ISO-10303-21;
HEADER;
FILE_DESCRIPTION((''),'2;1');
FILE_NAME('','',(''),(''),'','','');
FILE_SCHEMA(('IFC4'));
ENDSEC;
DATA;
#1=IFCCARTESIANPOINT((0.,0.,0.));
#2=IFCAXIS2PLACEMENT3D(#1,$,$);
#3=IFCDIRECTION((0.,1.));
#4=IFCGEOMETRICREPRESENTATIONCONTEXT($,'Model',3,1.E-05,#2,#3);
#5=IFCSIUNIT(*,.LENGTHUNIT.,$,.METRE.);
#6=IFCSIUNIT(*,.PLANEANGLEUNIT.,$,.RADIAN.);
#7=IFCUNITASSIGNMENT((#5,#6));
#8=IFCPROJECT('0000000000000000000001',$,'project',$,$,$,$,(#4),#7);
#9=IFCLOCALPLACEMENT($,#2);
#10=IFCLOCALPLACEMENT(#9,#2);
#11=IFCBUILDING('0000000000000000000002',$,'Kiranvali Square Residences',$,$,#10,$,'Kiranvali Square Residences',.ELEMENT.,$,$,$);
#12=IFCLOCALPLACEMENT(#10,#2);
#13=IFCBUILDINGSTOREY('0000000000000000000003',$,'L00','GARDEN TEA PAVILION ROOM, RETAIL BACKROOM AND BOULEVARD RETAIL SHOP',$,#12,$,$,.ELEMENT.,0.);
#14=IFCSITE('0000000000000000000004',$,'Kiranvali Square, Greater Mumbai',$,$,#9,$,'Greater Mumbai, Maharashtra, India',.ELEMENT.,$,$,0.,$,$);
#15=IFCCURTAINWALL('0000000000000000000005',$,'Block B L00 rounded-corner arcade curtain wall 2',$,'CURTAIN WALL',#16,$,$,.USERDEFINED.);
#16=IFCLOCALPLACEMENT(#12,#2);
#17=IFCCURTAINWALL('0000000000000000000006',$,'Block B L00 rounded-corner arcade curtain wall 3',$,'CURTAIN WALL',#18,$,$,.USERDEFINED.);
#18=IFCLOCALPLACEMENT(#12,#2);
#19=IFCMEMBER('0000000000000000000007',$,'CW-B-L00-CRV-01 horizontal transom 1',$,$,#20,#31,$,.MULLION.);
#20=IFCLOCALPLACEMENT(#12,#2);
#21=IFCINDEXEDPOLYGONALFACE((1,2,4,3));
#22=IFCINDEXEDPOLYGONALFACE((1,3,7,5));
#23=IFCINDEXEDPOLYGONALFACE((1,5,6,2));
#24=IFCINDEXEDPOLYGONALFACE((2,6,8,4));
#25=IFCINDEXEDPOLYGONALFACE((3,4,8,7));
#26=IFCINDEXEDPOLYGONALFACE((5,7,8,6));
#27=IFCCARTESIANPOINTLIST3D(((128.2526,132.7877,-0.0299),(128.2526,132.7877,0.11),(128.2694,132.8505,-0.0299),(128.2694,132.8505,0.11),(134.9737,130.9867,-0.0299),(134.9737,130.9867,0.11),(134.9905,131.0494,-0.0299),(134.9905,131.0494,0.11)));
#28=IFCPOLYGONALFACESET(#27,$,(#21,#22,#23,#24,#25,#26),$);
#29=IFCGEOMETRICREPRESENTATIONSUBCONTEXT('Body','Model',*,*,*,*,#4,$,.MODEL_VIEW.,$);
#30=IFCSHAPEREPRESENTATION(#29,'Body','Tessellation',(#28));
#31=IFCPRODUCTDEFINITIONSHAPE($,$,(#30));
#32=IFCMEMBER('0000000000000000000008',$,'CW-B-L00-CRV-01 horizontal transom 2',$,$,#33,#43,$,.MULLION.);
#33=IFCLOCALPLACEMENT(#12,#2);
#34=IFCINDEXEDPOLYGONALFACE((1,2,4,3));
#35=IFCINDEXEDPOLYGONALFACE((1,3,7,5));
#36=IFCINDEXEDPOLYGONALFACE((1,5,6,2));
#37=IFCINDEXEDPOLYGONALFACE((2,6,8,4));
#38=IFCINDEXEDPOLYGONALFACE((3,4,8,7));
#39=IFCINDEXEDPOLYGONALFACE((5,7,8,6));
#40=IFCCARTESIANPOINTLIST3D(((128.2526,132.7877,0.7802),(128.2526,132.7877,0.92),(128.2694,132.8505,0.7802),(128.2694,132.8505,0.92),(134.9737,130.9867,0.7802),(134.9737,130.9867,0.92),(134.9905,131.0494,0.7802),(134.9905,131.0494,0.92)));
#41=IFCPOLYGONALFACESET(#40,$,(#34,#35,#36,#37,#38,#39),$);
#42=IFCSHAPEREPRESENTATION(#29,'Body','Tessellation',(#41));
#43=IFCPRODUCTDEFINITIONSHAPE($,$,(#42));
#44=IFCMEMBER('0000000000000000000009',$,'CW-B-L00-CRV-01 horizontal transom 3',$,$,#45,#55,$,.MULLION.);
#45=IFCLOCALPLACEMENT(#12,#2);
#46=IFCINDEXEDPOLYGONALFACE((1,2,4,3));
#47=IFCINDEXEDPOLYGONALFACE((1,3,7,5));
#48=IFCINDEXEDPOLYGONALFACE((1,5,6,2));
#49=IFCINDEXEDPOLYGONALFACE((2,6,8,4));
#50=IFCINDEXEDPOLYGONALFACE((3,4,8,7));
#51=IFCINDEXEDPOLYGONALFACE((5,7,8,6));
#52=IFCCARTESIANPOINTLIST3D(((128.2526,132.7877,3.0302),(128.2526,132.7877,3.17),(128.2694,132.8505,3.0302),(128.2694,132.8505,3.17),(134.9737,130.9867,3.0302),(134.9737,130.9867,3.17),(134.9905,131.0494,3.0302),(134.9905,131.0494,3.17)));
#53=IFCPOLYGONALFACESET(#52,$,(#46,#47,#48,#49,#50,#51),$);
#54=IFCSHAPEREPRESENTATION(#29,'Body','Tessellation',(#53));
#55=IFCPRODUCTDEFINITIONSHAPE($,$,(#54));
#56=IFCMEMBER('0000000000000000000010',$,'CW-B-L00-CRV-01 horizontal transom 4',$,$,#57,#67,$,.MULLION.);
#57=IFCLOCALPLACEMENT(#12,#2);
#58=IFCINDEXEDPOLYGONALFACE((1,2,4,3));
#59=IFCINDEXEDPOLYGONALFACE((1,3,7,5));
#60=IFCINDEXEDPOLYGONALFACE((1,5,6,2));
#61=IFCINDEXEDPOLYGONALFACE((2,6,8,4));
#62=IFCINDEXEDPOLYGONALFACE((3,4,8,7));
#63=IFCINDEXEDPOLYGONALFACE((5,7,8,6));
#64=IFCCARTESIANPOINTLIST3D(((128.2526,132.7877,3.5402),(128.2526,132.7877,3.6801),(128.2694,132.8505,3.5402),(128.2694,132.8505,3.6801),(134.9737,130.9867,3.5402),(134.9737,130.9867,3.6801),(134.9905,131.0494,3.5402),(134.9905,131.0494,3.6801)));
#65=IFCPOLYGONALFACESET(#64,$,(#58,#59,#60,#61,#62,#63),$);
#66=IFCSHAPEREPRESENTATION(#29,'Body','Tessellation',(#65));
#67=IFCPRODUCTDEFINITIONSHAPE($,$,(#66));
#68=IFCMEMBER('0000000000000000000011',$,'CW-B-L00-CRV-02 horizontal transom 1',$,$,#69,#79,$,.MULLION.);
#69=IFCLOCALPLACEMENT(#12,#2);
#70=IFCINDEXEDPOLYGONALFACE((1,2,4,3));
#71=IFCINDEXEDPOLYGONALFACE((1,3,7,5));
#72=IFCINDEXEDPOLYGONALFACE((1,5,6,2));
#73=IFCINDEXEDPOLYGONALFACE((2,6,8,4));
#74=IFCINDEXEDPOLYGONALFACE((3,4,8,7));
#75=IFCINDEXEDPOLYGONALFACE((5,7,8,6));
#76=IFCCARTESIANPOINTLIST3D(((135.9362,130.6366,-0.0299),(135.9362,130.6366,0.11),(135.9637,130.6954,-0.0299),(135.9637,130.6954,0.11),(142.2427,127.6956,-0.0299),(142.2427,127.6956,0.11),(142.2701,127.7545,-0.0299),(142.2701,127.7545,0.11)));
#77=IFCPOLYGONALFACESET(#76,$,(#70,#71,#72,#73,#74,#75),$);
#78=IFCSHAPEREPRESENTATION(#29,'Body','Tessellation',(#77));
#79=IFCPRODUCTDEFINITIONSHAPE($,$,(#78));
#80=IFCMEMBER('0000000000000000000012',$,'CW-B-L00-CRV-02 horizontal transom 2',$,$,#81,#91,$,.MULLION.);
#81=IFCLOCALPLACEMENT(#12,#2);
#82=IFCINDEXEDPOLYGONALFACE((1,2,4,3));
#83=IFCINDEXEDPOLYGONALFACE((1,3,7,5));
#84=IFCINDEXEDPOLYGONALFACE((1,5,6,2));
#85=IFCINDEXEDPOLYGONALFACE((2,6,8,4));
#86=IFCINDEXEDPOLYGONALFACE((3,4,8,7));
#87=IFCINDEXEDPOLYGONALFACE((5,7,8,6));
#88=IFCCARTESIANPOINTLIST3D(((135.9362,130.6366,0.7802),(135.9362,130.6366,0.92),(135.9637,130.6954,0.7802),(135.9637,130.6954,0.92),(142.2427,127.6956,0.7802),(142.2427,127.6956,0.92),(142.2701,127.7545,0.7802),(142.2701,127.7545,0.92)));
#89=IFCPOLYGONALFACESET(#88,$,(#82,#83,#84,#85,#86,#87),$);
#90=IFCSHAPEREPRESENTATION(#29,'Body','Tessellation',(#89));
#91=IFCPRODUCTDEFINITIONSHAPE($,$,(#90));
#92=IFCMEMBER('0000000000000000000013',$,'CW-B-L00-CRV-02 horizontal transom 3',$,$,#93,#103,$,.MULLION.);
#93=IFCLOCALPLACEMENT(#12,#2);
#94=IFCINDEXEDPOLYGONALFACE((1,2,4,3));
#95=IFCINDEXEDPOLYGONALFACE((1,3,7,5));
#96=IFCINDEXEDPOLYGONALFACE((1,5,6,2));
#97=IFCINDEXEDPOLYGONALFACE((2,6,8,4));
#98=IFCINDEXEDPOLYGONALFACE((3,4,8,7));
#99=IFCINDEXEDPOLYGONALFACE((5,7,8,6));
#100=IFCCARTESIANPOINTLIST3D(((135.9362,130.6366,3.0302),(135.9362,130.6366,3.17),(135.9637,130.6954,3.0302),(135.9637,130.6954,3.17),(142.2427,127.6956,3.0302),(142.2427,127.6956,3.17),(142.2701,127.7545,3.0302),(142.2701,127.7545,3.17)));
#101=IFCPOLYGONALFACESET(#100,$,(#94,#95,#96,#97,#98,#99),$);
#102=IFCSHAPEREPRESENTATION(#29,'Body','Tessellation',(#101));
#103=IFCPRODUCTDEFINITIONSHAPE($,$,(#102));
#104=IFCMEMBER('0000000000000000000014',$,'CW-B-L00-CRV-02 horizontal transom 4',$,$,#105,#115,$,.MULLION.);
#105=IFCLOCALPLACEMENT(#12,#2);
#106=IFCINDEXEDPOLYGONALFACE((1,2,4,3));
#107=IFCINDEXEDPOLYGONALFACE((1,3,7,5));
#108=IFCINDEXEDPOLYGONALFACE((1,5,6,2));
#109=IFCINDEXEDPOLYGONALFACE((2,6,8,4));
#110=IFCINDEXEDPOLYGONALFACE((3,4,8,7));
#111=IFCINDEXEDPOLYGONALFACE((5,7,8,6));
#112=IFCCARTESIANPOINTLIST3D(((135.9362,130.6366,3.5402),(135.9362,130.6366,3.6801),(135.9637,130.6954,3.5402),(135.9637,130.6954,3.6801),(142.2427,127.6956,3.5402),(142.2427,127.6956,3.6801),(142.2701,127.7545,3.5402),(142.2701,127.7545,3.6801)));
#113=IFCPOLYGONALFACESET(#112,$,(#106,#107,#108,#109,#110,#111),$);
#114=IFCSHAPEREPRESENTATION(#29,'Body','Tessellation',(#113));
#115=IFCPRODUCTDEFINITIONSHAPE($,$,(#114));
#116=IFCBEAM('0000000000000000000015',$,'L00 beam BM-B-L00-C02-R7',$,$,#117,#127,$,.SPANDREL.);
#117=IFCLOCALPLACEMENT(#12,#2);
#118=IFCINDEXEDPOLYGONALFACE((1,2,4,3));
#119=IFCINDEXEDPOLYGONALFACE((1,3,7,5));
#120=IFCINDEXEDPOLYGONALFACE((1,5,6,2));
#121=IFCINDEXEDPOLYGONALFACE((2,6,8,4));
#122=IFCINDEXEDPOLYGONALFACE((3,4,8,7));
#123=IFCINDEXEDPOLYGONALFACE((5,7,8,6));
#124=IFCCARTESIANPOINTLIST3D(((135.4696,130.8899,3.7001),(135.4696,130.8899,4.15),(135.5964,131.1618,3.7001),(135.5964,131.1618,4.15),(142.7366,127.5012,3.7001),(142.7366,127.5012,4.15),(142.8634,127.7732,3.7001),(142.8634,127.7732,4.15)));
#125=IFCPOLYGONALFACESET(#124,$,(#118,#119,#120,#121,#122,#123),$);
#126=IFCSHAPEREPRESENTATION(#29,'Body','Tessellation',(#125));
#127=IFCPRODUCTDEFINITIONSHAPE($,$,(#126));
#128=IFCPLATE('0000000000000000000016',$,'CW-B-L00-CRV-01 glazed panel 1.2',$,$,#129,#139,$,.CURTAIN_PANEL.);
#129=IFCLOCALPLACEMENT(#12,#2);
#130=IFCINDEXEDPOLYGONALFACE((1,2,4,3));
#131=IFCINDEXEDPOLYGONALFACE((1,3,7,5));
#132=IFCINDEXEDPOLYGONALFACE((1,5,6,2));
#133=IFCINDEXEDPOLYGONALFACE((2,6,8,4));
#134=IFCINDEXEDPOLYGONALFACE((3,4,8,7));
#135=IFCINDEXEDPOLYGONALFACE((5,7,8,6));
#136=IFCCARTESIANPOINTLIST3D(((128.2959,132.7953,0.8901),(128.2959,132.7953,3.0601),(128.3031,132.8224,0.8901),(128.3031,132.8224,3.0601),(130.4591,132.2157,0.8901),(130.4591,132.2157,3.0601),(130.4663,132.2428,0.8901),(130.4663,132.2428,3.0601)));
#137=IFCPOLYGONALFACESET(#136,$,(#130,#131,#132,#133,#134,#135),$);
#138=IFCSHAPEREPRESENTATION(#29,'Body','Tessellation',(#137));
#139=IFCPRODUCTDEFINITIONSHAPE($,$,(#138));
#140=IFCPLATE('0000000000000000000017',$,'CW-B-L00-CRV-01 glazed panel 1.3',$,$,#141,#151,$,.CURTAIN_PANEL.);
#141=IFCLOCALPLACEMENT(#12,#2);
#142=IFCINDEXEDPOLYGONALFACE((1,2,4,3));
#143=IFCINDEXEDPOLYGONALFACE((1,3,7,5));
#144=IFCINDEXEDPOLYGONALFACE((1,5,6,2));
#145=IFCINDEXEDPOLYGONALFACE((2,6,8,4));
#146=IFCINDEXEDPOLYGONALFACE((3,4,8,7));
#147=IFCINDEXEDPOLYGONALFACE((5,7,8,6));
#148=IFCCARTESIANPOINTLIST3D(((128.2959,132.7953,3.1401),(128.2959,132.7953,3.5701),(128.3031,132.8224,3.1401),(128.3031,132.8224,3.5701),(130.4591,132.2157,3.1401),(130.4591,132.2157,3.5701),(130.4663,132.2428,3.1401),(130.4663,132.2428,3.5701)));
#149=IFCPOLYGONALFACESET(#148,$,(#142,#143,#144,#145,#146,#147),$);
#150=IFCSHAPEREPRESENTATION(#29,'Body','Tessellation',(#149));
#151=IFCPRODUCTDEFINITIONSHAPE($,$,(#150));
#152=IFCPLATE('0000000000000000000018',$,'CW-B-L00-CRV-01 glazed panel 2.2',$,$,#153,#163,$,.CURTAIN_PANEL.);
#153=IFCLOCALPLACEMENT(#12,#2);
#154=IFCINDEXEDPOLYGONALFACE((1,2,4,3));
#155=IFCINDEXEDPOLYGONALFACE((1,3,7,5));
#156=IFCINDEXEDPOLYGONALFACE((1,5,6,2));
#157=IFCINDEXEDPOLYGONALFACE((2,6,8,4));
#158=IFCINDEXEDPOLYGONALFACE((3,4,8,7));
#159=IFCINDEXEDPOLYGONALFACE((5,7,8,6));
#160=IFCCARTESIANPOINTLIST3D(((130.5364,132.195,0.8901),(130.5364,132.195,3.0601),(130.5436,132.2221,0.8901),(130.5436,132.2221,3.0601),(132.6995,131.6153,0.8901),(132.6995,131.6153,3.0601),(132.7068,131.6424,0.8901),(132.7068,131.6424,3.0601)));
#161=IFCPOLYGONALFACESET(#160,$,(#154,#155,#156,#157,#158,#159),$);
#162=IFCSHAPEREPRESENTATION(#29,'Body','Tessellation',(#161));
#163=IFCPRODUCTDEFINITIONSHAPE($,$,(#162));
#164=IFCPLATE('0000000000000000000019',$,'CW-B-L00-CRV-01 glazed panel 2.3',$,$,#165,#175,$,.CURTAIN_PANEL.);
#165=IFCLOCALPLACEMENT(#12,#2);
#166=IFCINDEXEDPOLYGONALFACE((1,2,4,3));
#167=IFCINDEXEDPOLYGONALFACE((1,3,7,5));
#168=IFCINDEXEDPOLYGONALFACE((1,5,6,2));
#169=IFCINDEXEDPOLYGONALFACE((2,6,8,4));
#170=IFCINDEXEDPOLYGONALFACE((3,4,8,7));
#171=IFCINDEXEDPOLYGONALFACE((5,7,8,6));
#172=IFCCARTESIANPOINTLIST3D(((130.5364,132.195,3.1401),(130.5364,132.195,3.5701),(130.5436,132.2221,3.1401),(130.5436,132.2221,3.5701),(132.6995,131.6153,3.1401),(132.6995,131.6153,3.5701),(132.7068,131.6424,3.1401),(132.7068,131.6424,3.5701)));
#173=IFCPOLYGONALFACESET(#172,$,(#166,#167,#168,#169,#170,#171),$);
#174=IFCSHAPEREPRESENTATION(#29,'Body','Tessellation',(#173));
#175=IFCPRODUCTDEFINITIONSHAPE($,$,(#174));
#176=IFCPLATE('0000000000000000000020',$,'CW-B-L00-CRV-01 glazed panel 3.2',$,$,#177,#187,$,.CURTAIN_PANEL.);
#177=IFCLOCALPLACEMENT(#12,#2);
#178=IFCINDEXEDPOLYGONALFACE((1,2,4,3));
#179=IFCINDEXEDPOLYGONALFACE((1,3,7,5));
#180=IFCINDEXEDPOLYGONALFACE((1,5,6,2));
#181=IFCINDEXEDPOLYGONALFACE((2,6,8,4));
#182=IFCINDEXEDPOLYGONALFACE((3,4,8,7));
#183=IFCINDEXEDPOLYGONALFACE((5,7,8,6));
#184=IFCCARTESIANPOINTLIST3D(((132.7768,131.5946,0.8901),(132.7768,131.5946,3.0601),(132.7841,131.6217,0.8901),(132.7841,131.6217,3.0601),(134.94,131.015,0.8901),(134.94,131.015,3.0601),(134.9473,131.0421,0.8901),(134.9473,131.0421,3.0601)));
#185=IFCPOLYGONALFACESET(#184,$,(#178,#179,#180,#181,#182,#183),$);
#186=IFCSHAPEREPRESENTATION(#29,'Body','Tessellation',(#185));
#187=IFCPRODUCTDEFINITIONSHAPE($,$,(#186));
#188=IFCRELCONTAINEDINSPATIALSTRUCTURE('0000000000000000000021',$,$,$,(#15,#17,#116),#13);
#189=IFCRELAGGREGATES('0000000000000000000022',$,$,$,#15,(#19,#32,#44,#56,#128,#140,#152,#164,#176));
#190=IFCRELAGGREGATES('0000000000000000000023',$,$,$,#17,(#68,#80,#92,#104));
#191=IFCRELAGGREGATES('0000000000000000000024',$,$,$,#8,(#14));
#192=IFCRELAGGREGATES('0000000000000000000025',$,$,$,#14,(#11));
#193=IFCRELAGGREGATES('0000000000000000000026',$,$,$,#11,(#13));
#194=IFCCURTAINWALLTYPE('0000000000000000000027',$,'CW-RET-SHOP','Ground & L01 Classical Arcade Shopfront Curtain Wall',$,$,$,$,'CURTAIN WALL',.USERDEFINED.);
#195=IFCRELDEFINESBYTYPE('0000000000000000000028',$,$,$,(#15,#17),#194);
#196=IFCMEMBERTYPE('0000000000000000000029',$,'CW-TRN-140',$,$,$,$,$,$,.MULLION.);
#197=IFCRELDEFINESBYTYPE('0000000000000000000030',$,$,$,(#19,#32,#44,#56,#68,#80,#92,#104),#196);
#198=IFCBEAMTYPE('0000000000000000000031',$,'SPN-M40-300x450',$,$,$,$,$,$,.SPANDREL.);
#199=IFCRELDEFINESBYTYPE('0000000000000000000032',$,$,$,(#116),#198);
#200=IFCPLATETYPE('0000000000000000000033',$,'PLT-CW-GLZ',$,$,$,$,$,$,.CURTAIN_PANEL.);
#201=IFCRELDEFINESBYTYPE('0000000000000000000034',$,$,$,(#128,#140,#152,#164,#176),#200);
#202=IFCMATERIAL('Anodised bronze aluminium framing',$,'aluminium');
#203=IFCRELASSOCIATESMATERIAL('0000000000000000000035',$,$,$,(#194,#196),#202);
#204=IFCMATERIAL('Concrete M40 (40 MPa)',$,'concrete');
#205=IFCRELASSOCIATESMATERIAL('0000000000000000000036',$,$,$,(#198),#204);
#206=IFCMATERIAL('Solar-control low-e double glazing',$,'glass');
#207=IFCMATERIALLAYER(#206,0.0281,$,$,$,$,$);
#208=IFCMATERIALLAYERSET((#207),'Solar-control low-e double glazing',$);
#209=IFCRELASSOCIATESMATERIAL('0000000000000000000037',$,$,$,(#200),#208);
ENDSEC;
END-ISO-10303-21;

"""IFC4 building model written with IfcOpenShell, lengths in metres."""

from ifc_helpers import new_model, si_unit, direction, frame, origin, origin_2d, place, context, subcontext, project, spatial, rectangle, extrude, material, layer, layer_set, material_profile, profile_set, type_object, element, aggregate, save


model = new_model("IFC4")

# Units and contexts
model_context = context("Model", 3, precision=1e-05, world=origin(), true_north=direction((0.0, 1.0)))
body_context = subcontext(model_context, "Body", "Model", "MODEL_VIEW")
ifc_project = project(units=[si_unit("LENGTHUNIT", "METRE"), si_unit("PLANEANGLEUNIT", "RADIAN")], contexts=[model_context])

# Site, building, storey
site_placement = place(None, origin())
site = spatial("IfcSite", under=ifc_project, at=site_placement, Name="Kiranvali Square, Greater Mumbai", LongName="Greater Mumbai, Maharashtra, India", CompositionType="ELEMENT", RefElevation=0.0)
building_placement = place(site_placement, origin())
building = spatial("IfcBuilding", under=site, at=building_placement, Name="Kiranvali Square Residences", LongName="Kiranvali Square Residences", CompositionType="ELEMENT")
storey_placement = place(building_placement, origin())
storey = spatial("IfcBuildingStorey", under=building, at=storey_placement, Name="L00", Description="GARDEN TEA PAVILION ROOM, RETAIL BACKROOM AND BOULEVARD RETAIL SHOP", CompositionType="ELEMENT", Elevation=0.0)

# Curtain wall
ifc_material_1 = material(Name="Anodised bronze aluminium framing", Category="aluminium")
curtain_wall_type = type_object("IfcCurtainWallType", Name="CW-RET-SHOP", Description="Ground & L01 Classical Arcade Shopfront Curtain Wall", ElementType="CURTAIN WALL", PredefinedType="USERDEFINED", material=ifc_material_1)
curtain_wall_1_placement = place(storey_placement, origin())
curtain_wall_1 = element("IfcCurtainWall", 1, at=curtain_wall_1_placement, inside=storey, type_object=curtain_wall_type, Name="Block B L00 rounded-corner arcade curtain wall 2", ObjectType="CURTAIN WALL", PredefinedType="USERDEFINED")

# Curtain wall
curtain_wall_2_placement = place(storey_placement, origin())
curtain_wall_2 = element("IfcCurtainWall", 2, at=curtain_wall_2_placement, inside=storey, type_object=curtain_wall_type, Name="Block B L00 rounded-corner arcade curtain wall 3", ObjectType="CURTAIN WALL", PredefinedType="USERDEFINED")

# Members
ifc_material_profile_1 = material_profile(ifc_material_1, rectangle(XDim=0.0649, YDim=0.1399, at=origin_2d()), Name="ALU 65x140")
ifc_profile_set_1 = profile_set([ifc_material_profile_1], Name="Anodised bronze aluminium framing")
member_type_1 = type_object("IfcMemberType", Name="CW-TRN-140", PredefinedType="MULLION", material=ifc_profile_set_1)
member_1_placement = place(storey_placement, frame((128.261, 132.8191, 0.04), z_axis=(0.965923, -0.258831, 0.0), x_axis=(0.258831, 0.965923, 0.0)))
member_1 = element("IfcMember", 3, at=member_1_placement, type_object=member_type_1, Name="CW-B-L00-CRV-01 horizontal transom 1", PredefinedType="MULLION", context=body_context, shape_type="SweptSolid", body=[
    extrude(rectangle(XDim=0.0649, YDim=0.1399, at=origin_2d()), origin(), (0.0, 0.0, 1.0), 6.9583),
])
member_2_placement = place(storey_placement, frame((128.261, 132.8191, 0.8501), z_axis=(0.965923, -0.258831, 0.0), x_axis=(0.258831, 0.965923, 0.0)))
member_2 = element("IfcMember", 4, at=member_2_placement, type_object=member_type_1, Name="CW-B-L00-CRV-01 horizontal transom 2", PredefinedType="MULLION", context=body_context, shape_type="SweptSolid", body=[
    extrude(rectangle(XDim=0.0649, YDim=0.1399, at=origin_2d()), origin(), (0.0, 0.0, 1.0), 6.9583),
])
member_3_placement = place(storey_placement, frame((128.261, 132.8191, 3.1001), z_axis=(0.965923, -0.258831, 0.0), x_axis=(0.258831, 0.965923, 0.0)))
member_3 = element("IfcMember", 5, at=member_3_placement, type_object=member_type_1, Name="CW-B-L00-CRV-01 horizontal transom 3", PredefinedType="MULLION", context=body_context, shape_type="SweptSolid", body=[
    extrude(rectangle(XDim=0.0649, YDim=0.1399, at=origin_2d()), origin(), (0.0, 0.0, 1.0), 6.9583),
])
member_4_placement = place(storey_placement, frame((128.261, 132.8191, 3.6101), z_axis=(0.965923, -0.258831, 0.0), x_axis=(0.258831, 0.965923, 0.0)))
member_4 = element("IfcMember", 6, at=member_4_placement, type_object=member_type_1, Name="CW-B-L00-CRV-01 horizontal transom 4", PredefinedType="MULLION", context=body_context, shape_type="SweptSolid", body=[
    extrude(rectangle(XDim=0.0649, YDim=0.1399, at=origin_2d()), origin(), (0.0, 0.0, 1.0), 6.9583),
])
member_5_placement = place(storey_placement, frame((135.95, 130.666, 0.04), z_axis=(0.906297, -0.422642, 0.0), x_axis=(0.422642, 0.906297, 0.0)))
member_5 = element("IfcMember", 7, at=member_5_placement, type_object=member_type_1, Name="CW-B-L00-CRV-02 horizontal transom 1", PredefinedType="MULLION", context=body_context, shape_type="SweptSolid", body=[
    extrude(rectangle(XDim=0.0649, YDim=0.1399, at=origin_2d()), origin(), (0.0, 0.0, 1.0), 6.9585),
])
member_6_placement = place(storey_placement, frame((135.95, 130.666, 0.8501), z_axis=(0.906297, -0.422642, 0.0), x_axis=(0.422642, 0.906297, 0.0)))
member_6 = element("IfcMember", 8, at=member_6_placement, type_object=member_type_1, Name="CW-B-L00-CRV-02 horizontal transom 2", PredefinedType="MULLION", context=body_context, shape_type="SweptSolid", body=[
    extrude(rectangle(XDim=0.0649, YDim=0.1399, at=origin_2d()), origin(), (0.0, 0.0, 1.0), 6.9585),
])
member_7_placement = place(storey_placement, frame((135.95, 130.666, 3.1001), z_axis=(0.906297, -0.422642, 0.0), x_axis=(0.422642, 0.906297, 0.0)))
member_7 = element("IfcMember", 9, at=member_7_placement, type_object=member_type_1, Name="CW-B-L00-CRV-02 horizontal transom 3", PredefinedType="MULLION", context=body_context, shape_type="SweptSolid", body=[
    extrude(rectangle(XDim=0.0649, YDim=0.1399, at=origin_2d()), origin(), (0.0, 0.0, 1.0), 6.9585),
])
member_8_placement = place(storey_placement, frame((135.95, 130.666, 3.6101), z_axis=(0.906297, -0.422642, 0.0), x_axis=(0.422642, 0.906297, 0.0)))
member_8 = element("IfcMember", 10, at=member_8_placement, type_object=member_type_1, Name="CW-B-L00-CRV-02 horizontal transom 4", PredefinedType="MULLION", context=body_context, shape_type="SweptSolid", body=[
    extrude(rectangle(XDim=0.0649, YDim=0.1399, at=origin_2d()), origin(), (0.0, 0.0, 1.0), 6.9585),
])

# Beam
ifc_material_2 = material(Name="Concrete M40 (40 MPa)", Category="concrete")
ifc_material_profile_2 = material_profile(ifc_material_2, rectangle(XDim=0.3, YDim=0.45, at=origin_2d()), Name="RC 300x450")
ifc_profile_set_2 = profile_set([ifc_material_profile_2], Name="Concrete M40 (40 MPa)")
beam_type_1 = type_object("IfcBeamType", Name="SPN-M40-300x450", PredefinedType="SPANDREL", material=ifc_profile_set_2)
beam_1_placement = place(storey_placement, frame((135.533, 131.0259, 3.925), z_axis=(0.906309, -0.422615, 0.0), x_axis=(0.422615, 0.906309, 0.0)))
element("IfcBeam", 11, at=beam_1_placement, inside=storey, type_object=beam_type_1, Name="L00 beam BM-B-L00-C02-R7", PredefinedType="SPANDREL", context=body_context, shape_type="SweptSolid", body=[
    extrude(rectangle(XDim=0.3, YDim=0.45, at=origin_2d()), origin(), (0.0, 0.0, 1.0), 8.0183),
])

# Plates
ifc_material_3 = material(Name="Solar-control low-e double glazing", Category="glass")
ifc_layer_1 = layer(ifc_material_3, 0.0281)
ifc_layer_set_1 = layer_set([ifc_layer_1], Name="Solar-control low-e double glazing")
plate_type_1 = type_object("IfcPlateType", Name="PLT-CW-GLZ", PredefinedType="CURTAIN_PANEL", material=ifc_layer_set_1)
plate_1_placement = place(storey_placement, frame((129.3811, 132.519, 0.8901), z_axis=(0.0, 0.0, 1.0), x_axis=(0.965926, -0.258819, 0.0)))
plate_1 = element("IfcPlate", 12, at=plate_1_placement, type_object=plate_type_1, Name="CW-B-L00-CRV-01 glazed panel 1.2", PredefinedType="CURTAIN_PANEL", context=body_context, shape_type="SweptSolid", body=[
    extrude(rectangle(XDim=2.2395, YDim=0.0281, at=origin_2d()), origin(), (0.0, 0.0, 1.0), 2.1699),
])
plate_2_placement = place(storey_placement, frame((129.3811, 132.519, 3.1401), z_axis=(0.0, 0.0, 1.0), x_axis=(0.965926, -0.258819, 0.0)))
plate_2 = element("IfcPlate", 13, at=plate_2_placement, type_object=plate_type_1, Name="CW-B-L00-CRV-01 glazed panel 1.3", PredefinedType="CURTAIN_PANEL", context=body_context, shape_type="SweptSolid", body=[
    extrude(rectangle(XDim=2.2395, YDim=0.0281, at=origin_2d()), origin(), (0.0, 0.0, 1.0), 0.4299),
])
plate_3_placement = place(storey_placement, frame((131.6216, 131.9187, 0.8901), z_axis=(0.0, 0.0, 1.0), x_axis=(0.965926, -0.258819, 0.0)))
plate_3 = element("IfcPlate", 14, at=plate_3_placement, type_object=plate_type_1, Name="CW-B-L00-CRV-01 glazed panel 2.2", PredefinedType="CURTAIN_PANEL", context=body_context, shape_type="SweptSolid", body=[
    extrude(rectangle(XDim=2.2395, YDim=0.0281, at=origin_2d()), origin(), (0.0, 0.0, 1.0), 2.1699),
])
plate_4_placement = place(storey_placement, frame((131.6216, 131.9187, 3.1401), z_axis=(0.0, 0.0, 1.0), x_axis=(0.965926, -0.258819, 0.0)))
plate_4 = element("IfcPlate", 15, at=plate_4_placement, type_object=plate_type_1, Name="CW-B-L00-CRV-01 glazed panel 2.3", PredefinedType="CURTAIN_PANEL", context=body_context, shape_type="SweptSolid", body=[
    extrude(rectangle(XDim=2.2395, YDim=0.0281, at=origin_2d()), origin(), (0.0, 0.0, 1.0), 0.4299),
])
plate_5_placement = place(storey_placement, frame((133.8621, 131.3184, 0.8901), z_axis=(0.0, 0.0, 1.0), x_axis=(0.965926, -0.258819, 0.0)))
plate_5 = element("IfcPlate", 16, at=plate_5_placement, type_object=plate_type_1, Name="CW-B-L00-CRV-01 glazed panel 3.2", PredefinedType="CURTAIN_PANEL", context=body_context, shape_type="SweptSolid", body=[
    extrude(rectangle(XDim=2.2395, YDim=0.0281, at=origin_2d()), origin(), (0.0, 0.0, 1.0), 2.1699),
])
aggregate(curtain_wall_1, [member_1, member_2, member_3, member_4, plate_1, plate_2, plate_3, plate_4, plate_5])
aggregate(curtain_wall_2, [member_5, member_6, member_7, member_8])

save(model, "model.ifc")
